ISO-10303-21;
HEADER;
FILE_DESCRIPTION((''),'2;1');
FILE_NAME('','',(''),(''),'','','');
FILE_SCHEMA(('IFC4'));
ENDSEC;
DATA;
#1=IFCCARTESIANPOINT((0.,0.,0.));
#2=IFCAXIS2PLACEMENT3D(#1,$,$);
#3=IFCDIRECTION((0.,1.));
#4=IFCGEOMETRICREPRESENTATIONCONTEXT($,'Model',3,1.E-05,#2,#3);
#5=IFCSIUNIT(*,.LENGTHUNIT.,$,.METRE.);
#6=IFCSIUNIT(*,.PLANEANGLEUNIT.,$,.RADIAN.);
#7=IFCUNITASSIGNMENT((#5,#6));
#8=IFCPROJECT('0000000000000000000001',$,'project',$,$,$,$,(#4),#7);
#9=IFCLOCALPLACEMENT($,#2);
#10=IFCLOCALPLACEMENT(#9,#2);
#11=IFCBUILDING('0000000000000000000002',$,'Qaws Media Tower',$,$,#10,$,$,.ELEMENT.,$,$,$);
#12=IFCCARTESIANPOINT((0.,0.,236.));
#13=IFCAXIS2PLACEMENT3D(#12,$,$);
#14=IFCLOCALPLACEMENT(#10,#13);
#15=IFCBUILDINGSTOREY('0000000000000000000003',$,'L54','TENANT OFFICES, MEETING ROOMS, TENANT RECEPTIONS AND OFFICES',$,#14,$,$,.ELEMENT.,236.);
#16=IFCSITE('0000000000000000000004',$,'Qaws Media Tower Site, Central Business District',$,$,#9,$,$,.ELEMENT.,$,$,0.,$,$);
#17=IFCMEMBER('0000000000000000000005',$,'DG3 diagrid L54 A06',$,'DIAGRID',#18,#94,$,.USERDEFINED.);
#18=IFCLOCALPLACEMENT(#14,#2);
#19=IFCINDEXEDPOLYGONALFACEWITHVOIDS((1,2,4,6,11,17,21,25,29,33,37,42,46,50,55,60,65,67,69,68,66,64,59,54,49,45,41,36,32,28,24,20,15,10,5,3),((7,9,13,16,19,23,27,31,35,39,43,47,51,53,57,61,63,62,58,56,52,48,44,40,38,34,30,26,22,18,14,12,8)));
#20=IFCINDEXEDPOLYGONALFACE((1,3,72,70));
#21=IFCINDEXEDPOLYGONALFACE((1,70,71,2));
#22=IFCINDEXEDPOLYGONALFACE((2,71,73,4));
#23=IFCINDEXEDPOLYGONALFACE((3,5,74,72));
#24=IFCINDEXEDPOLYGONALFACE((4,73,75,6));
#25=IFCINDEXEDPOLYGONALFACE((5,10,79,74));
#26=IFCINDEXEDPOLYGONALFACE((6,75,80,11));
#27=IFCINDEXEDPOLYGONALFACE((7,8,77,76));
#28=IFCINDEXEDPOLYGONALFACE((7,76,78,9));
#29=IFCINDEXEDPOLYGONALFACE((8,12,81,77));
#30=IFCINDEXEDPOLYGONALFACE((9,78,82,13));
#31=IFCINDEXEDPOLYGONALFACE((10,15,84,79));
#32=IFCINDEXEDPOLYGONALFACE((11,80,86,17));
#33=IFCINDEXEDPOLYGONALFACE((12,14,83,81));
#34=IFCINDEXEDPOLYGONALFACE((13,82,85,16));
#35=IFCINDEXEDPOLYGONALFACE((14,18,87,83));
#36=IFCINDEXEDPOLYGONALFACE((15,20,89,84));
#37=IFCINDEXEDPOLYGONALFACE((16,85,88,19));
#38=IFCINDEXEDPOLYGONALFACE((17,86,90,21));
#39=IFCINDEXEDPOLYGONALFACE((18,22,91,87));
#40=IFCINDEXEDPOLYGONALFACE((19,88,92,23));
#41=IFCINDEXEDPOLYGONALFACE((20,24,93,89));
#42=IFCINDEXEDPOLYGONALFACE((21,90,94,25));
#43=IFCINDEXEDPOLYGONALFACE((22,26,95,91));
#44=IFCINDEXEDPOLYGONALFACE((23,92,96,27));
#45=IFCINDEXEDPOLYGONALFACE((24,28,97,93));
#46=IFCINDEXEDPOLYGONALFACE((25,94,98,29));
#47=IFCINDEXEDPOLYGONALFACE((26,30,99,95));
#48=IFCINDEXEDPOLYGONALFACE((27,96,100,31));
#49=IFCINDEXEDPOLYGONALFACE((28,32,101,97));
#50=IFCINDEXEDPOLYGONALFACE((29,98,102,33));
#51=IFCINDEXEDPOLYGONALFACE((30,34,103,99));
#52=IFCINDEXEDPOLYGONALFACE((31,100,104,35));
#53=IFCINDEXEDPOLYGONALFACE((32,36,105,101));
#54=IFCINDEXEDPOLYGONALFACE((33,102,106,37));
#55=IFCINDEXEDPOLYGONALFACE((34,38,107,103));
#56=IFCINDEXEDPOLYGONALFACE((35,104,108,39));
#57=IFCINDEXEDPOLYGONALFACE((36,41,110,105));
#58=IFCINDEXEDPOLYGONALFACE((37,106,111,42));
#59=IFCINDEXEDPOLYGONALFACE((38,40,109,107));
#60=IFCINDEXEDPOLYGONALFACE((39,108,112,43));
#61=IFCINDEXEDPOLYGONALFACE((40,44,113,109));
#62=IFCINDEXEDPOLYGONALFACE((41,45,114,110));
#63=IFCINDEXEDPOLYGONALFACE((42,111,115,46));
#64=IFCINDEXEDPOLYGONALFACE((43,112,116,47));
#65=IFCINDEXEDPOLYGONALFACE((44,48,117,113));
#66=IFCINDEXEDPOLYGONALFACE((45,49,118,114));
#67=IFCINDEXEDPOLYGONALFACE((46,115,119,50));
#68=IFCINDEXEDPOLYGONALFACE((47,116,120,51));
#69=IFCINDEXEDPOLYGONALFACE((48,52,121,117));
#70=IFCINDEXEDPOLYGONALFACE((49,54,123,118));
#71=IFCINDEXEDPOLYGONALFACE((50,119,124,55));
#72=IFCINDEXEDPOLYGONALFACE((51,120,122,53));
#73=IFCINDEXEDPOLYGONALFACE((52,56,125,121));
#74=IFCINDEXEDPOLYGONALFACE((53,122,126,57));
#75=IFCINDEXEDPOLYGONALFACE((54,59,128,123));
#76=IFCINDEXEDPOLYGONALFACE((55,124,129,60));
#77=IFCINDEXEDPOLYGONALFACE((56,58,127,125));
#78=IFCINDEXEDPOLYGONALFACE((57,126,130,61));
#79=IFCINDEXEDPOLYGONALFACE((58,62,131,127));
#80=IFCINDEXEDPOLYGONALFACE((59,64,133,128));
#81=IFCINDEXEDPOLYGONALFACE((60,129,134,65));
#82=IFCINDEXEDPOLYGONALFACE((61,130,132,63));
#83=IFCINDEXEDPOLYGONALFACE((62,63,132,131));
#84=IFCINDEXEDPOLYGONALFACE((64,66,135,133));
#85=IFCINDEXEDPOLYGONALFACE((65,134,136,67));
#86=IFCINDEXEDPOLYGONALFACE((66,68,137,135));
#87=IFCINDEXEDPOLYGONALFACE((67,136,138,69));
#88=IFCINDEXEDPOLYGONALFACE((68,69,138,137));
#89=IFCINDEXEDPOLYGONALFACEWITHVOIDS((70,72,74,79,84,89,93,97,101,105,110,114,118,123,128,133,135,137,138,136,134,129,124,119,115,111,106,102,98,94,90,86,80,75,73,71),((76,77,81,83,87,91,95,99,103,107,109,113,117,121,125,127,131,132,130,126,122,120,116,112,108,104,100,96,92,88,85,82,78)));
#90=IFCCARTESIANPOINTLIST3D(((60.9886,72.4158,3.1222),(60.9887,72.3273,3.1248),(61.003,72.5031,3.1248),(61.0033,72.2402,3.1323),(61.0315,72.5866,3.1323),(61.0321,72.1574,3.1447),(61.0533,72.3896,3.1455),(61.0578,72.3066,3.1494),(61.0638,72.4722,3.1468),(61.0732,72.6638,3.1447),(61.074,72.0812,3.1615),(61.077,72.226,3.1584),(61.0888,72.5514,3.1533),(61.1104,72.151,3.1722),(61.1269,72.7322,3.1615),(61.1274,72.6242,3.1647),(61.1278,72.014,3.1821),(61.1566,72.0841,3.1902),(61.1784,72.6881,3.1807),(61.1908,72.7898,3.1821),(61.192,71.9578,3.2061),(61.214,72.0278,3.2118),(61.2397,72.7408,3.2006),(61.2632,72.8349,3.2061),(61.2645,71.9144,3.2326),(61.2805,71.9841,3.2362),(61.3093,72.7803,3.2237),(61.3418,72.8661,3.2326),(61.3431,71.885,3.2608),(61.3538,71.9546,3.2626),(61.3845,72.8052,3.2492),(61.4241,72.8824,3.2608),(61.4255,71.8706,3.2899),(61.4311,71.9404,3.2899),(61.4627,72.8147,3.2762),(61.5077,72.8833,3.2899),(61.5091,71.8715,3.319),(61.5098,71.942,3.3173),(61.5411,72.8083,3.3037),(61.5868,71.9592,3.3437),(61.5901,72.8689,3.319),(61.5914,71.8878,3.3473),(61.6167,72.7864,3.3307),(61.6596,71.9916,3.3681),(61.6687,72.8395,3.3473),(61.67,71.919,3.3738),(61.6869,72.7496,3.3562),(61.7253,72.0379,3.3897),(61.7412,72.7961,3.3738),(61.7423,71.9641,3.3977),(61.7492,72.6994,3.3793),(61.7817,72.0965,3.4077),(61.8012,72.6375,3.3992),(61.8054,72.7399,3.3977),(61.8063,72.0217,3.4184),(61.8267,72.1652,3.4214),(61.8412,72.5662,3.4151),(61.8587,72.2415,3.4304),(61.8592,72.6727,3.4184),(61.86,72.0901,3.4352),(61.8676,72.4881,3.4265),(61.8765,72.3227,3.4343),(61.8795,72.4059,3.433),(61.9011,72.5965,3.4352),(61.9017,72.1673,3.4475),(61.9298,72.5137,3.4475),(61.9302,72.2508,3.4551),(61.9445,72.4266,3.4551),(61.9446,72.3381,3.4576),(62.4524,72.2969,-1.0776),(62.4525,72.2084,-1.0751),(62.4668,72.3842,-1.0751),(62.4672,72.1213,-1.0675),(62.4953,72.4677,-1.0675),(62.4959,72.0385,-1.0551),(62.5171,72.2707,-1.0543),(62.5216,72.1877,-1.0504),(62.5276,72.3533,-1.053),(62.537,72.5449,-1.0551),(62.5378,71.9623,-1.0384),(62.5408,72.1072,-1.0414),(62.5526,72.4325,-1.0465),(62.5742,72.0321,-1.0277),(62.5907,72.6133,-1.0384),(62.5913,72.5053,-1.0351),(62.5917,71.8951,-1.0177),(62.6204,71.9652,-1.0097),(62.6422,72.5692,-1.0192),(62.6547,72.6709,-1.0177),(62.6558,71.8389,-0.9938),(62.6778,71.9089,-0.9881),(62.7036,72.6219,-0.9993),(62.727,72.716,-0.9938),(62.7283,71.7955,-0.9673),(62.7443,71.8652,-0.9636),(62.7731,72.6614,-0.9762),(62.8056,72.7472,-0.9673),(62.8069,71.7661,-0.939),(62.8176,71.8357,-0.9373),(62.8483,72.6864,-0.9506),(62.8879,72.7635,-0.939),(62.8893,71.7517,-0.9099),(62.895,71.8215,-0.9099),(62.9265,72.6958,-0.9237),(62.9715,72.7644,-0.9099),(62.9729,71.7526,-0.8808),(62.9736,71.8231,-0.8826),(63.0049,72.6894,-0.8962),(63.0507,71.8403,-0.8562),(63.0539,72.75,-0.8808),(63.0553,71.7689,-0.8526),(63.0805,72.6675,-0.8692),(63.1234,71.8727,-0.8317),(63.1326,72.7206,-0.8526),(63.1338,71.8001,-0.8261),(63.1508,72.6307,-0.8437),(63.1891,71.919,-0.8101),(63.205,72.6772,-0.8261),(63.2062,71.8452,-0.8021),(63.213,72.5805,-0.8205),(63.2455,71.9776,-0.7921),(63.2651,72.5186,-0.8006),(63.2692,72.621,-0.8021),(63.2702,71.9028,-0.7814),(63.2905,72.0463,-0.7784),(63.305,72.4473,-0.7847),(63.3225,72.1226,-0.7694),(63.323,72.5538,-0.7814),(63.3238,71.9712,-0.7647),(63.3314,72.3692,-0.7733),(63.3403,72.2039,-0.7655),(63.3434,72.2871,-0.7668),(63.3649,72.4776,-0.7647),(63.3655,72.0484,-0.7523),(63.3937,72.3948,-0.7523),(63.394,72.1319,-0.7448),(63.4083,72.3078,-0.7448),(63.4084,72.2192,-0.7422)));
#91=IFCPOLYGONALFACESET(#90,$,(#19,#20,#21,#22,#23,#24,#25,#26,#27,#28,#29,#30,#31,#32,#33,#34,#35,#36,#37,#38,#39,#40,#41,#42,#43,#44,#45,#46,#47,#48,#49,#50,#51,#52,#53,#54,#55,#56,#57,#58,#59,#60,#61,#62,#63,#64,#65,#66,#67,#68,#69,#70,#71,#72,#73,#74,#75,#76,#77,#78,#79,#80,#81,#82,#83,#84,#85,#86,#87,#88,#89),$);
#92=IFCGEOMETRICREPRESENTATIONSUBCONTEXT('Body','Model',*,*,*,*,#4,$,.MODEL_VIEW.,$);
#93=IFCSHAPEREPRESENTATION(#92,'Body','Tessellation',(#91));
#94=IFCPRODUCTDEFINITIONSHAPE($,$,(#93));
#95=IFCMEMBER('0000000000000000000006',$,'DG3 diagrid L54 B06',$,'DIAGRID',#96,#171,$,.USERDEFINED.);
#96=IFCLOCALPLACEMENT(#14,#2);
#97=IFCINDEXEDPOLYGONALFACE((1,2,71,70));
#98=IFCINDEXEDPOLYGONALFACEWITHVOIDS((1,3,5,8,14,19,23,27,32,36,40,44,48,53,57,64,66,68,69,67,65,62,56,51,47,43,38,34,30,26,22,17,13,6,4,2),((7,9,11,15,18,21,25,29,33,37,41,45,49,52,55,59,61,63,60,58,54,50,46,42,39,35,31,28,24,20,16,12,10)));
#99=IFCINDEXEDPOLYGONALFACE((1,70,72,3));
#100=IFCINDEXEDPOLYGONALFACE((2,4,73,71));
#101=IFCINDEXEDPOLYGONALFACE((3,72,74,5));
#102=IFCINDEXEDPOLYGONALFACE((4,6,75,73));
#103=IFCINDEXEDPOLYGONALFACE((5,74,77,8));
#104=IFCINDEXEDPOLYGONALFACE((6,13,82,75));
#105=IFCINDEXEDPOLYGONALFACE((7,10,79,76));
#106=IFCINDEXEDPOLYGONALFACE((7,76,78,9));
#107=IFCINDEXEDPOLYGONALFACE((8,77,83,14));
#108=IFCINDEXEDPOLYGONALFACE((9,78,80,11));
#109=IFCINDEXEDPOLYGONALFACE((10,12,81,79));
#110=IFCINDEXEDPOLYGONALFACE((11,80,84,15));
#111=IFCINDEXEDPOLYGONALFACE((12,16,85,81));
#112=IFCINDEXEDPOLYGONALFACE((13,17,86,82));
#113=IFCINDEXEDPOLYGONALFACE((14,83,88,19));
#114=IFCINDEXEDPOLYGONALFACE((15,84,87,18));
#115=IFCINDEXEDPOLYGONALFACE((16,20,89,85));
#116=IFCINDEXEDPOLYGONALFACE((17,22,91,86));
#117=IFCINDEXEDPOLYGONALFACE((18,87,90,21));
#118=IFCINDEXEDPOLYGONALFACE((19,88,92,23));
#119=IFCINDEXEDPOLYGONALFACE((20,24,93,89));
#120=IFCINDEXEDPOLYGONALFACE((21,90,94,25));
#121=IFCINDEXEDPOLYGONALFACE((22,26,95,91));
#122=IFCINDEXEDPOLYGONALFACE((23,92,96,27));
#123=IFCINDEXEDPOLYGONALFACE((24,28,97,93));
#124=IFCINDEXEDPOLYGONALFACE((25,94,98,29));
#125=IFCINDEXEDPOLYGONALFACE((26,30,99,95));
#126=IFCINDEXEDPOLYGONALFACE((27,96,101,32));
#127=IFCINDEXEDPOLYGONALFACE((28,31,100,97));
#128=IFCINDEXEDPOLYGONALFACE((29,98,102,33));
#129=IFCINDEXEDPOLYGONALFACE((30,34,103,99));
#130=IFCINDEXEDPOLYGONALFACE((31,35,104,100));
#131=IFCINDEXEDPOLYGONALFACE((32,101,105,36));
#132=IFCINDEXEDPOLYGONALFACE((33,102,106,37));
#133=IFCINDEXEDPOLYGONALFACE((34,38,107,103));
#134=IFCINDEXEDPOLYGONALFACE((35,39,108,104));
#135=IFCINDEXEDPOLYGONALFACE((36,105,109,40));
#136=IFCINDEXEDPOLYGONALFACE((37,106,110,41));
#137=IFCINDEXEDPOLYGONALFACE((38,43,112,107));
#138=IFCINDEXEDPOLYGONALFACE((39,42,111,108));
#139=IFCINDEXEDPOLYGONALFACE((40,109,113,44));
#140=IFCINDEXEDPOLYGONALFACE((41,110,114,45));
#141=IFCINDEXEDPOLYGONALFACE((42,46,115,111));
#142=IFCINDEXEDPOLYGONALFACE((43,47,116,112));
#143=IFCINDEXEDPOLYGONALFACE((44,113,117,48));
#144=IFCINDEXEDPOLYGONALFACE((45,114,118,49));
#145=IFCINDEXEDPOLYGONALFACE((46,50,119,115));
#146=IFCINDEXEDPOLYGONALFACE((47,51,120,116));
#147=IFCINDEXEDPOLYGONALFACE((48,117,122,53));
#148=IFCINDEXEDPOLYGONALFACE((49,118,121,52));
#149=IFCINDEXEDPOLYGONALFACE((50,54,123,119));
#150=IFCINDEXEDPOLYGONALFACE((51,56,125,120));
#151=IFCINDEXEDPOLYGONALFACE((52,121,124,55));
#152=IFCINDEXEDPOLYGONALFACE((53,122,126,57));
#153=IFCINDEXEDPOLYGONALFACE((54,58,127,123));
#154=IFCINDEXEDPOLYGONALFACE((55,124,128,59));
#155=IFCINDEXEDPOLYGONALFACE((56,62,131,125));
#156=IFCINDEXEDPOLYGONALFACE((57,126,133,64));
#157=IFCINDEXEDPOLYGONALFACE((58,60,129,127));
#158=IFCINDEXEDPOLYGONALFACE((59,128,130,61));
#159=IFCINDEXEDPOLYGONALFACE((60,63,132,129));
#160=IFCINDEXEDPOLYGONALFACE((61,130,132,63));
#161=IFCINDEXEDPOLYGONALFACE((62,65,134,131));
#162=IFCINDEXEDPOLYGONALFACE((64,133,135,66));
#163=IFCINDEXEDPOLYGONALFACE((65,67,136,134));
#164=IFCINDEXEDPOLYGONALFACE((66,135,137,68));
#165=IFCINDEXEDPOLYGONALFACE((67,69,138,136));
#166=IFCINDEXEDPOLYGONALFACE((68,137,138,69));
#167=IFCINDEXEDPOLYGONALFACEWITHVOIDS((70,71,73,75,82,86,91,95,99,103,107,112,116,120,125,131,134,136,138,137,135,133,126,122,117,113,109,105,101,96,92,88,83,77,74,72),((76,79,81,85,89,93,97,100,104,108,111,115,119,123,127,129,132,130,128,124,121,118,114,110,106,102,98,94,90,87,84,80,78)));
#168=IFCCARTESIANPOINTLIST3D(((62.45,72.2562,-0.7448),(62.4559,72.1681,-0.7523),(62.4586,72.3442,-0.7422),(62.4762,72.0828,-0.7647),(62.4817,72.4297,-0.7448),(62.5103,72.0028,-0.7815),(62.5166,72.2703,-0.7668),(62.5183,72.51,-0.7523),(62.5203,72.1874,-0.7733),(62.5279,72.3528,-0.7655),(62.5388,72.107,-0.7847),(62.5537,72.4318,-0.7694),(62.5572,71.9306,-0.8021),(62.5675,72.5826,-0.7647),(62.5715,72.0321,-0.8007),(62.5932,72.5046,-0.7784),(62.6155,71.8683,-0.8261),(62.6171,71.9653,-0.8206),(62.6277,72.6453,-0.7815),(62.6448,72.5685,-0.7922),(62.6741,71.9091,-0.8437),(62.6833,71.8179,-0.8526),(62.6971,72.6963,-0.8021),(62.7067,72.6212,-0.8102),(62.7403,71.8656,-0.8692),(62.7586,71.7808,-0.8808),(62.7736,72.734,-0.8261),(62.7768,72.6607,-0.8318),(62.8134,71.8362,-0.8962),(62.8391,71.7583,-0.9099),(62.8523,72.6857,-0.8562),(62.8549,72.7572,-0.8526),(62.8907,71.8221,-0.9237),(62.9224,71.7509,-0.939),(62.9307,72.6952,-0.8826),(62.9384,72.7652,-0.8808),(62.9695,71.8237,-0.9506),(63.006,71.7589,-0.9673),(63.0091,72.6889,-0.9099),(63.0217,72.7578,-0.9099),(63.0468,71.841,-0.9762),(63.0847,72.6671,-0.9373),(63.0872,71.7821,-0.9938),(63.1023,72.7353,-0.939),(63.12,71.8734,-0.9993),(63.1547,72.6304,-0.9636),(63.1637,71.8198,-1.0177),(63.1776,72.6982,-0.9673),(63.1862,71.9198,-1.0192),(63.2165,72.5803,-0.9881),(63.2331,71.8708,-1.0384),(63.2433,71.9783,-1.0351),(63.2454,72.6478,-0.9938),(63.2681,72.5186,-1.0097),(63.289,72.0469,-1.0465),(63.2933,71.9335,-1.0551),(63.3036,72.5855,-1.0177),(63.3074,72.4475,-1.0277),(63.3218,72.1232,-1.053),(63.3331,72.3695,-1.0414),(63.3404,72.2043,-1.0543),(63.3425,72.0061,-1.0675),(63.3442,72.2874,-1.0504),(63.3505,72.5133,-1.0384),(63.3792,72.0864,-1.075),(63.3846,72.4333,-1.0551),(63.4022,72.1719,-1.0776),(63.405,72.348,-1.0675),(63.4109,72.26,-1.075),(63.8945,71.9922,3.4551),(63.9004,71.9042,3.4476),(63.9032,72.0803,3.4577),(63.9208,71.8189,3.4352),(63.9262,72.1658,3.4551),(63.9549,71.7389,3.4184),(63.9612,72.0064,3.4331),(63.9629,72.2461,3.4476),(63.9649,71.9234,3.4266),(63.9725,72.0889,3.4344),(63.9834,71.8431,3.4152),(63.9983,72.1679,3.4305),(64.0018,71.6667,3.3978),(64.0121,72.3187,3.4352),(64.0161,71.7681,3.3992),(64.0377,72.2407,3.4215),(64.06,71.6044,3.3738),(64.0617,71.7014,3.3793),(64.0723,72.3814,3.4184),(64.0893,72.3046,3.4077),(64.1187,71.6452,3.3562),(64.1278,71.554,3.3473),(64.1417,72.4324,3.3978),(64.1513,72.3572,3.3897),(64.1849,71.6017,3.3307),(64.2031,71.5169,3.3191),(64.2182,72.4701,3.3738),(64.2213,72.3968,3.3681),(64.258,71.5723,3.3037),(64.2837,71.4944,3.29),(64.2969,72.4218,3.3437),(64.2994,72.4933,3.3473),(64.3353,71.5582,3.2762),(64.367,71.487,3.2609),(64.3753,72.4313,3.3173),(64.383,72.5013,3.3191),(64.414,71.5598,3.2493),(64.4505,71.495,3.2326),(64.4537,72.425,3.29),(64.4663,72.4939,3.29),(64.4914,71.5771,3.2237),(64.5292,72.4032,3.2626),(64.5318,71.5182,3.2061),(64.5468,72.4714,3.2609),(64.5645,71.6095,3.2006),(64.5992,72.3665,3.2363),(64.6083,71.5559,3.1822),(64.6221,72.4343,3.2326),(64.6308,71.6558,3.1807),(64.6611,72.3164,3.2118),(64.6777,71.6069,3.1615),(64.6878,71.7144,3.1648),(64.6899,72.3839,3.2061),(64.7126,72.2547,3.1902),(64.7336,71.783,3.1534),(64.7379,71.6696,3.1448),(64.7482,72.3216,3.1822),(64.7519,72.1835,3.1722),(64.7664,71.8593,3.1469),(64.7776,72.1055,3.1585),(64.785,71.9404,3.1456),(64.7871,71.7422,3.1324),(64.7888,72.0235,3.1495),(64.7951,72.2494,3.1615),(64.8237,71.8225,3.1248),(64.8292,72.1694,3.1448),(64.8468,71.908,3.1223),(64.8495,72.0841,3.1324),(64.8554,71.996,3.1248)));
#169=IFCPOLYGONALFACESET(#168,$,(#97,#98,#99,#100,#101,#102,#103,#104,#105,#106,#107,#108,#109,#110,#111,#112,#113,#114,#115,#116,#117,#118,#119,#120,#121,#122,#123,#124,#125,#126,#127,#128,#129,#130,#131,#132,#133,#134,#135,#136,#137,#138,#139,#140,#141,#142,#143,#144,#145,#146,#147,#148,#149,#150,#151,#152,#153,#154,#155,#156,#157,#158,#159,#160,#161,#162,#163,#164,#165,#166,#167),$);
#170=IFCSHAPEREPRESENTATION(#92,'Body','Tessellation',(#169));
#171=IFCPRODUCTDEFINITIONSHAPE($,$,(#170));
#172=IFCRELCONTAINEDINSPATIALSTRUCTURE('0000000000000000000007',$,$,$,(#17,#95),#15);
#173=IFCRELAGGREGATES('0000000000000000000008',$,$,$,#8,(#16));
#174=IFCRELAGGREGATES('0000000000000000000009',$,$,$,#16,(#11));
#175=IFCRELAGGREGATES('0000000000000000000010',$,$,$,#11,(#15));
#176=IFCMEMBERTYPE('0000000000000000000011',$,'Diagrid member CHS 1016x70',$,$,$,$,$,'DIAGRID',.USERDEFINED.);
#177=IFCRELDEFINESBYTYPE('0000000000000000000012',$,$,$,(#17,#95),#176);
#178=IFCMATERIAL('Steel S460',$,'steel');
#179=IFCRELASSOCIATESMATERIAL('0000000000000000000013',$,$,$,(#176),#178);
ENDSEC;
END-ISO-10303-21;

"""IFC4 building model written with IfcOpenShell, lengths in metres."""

from ifc_helpers import new_model, si_unit, direction, frame, origin, origin_2d, place, context, subcontext, project, spatial, hollow_circle, extrude, material, material_profile, profile_set, type_object, element, save


model = new_model("IFC4")

# Units and contexts
model_context = context("Model", 3, precision=1e-05, world=origin(), true_north=direction((0.0, 1.0)))
body_context = subcontext(model_context, "Body", "Model", "MODEL_VIEW")
ifc_project = project(units=[si_unit("LENGTHUNIT", "METRE"), si_unit("PLANEANGLEUNIT", "RADIAN")], contexts=[model_context])

# Site, building, storey
site_placement = place(None, origin())
site = spatial("IfcSite", under=ifc_project, at=site_placement, Name="Qaws Media Tower Site, Central Business District", CompositionType="ELEMENT", RefElevation=0.0)
building_placement = place(site_placement, origin())
building = spatial("IfcBuilding", under=site, at=building_placement, Name="Qaws Media Tower", CompositionType="ELEMENT")
storey_placement = place(building_placement, frame((0.0, 0.0, 236.0)))
storey = spatial("IfcBuildingStorey", under=building, at=storey_placement, Name="L54", Description="TENANT OFFICES, MEETING ROOMS, TENANT RECEPTIONS AND OFFICES", CompositionType="ELEMENT", Elevation=236.0)

# Members
ifc_material_1 = material(Name="Steel S460", Category="steel")
ifc_material_profile_1 = material_profile(ifc_material_1, hollow_circle(Radius=0.5081, WallThickness=0.0701, at=origin_2d()), Name="CHS 1016x70")
ifc_profile_set_1 = profile_set([ifc_material_profile_1], Name="Steel S460")
member_type_1 = type_object("IfcMemberType", Name="Diagrid member CHS 1016x70", ElementType="DIAGRID", PredefinedType="USERDEFINED", material=ifc_profile_set_1)
for number, where, z_axis, x_axis, name in (
    (1, (62.9304, 72.2581, -0.9099), (-0.329008, 0.026722, 0.943949), (-0.080954, -0.996718, 0.0), "DG3 diagrid L54 A06"),
    (2, (62.9304, 72.2581, -0.9099), (0.324678, -0.059317, 0.943963), (0.179719, 0.983718, 0.0), "DG3 diagrid L54 B06"),
):
    element("IfcMember", number, at=place(storey_placement, frame(where, z_axis=z_axis, x_axis=x_axis)), inside=storey, type_object=member_type_1, Name=name, ObjectType="DIAGRID", PredefinedType="USERDEFINED", context=body_context, shape_type="SweptSolid", body=[
        extrude(hollow_circle(Radius=0.5081, WallThickness=0.0701, at=origin_2d()), origin(), (0.0, 0.0, 1.0), 4.4492),
    ])

save(model, "model.ifc")
